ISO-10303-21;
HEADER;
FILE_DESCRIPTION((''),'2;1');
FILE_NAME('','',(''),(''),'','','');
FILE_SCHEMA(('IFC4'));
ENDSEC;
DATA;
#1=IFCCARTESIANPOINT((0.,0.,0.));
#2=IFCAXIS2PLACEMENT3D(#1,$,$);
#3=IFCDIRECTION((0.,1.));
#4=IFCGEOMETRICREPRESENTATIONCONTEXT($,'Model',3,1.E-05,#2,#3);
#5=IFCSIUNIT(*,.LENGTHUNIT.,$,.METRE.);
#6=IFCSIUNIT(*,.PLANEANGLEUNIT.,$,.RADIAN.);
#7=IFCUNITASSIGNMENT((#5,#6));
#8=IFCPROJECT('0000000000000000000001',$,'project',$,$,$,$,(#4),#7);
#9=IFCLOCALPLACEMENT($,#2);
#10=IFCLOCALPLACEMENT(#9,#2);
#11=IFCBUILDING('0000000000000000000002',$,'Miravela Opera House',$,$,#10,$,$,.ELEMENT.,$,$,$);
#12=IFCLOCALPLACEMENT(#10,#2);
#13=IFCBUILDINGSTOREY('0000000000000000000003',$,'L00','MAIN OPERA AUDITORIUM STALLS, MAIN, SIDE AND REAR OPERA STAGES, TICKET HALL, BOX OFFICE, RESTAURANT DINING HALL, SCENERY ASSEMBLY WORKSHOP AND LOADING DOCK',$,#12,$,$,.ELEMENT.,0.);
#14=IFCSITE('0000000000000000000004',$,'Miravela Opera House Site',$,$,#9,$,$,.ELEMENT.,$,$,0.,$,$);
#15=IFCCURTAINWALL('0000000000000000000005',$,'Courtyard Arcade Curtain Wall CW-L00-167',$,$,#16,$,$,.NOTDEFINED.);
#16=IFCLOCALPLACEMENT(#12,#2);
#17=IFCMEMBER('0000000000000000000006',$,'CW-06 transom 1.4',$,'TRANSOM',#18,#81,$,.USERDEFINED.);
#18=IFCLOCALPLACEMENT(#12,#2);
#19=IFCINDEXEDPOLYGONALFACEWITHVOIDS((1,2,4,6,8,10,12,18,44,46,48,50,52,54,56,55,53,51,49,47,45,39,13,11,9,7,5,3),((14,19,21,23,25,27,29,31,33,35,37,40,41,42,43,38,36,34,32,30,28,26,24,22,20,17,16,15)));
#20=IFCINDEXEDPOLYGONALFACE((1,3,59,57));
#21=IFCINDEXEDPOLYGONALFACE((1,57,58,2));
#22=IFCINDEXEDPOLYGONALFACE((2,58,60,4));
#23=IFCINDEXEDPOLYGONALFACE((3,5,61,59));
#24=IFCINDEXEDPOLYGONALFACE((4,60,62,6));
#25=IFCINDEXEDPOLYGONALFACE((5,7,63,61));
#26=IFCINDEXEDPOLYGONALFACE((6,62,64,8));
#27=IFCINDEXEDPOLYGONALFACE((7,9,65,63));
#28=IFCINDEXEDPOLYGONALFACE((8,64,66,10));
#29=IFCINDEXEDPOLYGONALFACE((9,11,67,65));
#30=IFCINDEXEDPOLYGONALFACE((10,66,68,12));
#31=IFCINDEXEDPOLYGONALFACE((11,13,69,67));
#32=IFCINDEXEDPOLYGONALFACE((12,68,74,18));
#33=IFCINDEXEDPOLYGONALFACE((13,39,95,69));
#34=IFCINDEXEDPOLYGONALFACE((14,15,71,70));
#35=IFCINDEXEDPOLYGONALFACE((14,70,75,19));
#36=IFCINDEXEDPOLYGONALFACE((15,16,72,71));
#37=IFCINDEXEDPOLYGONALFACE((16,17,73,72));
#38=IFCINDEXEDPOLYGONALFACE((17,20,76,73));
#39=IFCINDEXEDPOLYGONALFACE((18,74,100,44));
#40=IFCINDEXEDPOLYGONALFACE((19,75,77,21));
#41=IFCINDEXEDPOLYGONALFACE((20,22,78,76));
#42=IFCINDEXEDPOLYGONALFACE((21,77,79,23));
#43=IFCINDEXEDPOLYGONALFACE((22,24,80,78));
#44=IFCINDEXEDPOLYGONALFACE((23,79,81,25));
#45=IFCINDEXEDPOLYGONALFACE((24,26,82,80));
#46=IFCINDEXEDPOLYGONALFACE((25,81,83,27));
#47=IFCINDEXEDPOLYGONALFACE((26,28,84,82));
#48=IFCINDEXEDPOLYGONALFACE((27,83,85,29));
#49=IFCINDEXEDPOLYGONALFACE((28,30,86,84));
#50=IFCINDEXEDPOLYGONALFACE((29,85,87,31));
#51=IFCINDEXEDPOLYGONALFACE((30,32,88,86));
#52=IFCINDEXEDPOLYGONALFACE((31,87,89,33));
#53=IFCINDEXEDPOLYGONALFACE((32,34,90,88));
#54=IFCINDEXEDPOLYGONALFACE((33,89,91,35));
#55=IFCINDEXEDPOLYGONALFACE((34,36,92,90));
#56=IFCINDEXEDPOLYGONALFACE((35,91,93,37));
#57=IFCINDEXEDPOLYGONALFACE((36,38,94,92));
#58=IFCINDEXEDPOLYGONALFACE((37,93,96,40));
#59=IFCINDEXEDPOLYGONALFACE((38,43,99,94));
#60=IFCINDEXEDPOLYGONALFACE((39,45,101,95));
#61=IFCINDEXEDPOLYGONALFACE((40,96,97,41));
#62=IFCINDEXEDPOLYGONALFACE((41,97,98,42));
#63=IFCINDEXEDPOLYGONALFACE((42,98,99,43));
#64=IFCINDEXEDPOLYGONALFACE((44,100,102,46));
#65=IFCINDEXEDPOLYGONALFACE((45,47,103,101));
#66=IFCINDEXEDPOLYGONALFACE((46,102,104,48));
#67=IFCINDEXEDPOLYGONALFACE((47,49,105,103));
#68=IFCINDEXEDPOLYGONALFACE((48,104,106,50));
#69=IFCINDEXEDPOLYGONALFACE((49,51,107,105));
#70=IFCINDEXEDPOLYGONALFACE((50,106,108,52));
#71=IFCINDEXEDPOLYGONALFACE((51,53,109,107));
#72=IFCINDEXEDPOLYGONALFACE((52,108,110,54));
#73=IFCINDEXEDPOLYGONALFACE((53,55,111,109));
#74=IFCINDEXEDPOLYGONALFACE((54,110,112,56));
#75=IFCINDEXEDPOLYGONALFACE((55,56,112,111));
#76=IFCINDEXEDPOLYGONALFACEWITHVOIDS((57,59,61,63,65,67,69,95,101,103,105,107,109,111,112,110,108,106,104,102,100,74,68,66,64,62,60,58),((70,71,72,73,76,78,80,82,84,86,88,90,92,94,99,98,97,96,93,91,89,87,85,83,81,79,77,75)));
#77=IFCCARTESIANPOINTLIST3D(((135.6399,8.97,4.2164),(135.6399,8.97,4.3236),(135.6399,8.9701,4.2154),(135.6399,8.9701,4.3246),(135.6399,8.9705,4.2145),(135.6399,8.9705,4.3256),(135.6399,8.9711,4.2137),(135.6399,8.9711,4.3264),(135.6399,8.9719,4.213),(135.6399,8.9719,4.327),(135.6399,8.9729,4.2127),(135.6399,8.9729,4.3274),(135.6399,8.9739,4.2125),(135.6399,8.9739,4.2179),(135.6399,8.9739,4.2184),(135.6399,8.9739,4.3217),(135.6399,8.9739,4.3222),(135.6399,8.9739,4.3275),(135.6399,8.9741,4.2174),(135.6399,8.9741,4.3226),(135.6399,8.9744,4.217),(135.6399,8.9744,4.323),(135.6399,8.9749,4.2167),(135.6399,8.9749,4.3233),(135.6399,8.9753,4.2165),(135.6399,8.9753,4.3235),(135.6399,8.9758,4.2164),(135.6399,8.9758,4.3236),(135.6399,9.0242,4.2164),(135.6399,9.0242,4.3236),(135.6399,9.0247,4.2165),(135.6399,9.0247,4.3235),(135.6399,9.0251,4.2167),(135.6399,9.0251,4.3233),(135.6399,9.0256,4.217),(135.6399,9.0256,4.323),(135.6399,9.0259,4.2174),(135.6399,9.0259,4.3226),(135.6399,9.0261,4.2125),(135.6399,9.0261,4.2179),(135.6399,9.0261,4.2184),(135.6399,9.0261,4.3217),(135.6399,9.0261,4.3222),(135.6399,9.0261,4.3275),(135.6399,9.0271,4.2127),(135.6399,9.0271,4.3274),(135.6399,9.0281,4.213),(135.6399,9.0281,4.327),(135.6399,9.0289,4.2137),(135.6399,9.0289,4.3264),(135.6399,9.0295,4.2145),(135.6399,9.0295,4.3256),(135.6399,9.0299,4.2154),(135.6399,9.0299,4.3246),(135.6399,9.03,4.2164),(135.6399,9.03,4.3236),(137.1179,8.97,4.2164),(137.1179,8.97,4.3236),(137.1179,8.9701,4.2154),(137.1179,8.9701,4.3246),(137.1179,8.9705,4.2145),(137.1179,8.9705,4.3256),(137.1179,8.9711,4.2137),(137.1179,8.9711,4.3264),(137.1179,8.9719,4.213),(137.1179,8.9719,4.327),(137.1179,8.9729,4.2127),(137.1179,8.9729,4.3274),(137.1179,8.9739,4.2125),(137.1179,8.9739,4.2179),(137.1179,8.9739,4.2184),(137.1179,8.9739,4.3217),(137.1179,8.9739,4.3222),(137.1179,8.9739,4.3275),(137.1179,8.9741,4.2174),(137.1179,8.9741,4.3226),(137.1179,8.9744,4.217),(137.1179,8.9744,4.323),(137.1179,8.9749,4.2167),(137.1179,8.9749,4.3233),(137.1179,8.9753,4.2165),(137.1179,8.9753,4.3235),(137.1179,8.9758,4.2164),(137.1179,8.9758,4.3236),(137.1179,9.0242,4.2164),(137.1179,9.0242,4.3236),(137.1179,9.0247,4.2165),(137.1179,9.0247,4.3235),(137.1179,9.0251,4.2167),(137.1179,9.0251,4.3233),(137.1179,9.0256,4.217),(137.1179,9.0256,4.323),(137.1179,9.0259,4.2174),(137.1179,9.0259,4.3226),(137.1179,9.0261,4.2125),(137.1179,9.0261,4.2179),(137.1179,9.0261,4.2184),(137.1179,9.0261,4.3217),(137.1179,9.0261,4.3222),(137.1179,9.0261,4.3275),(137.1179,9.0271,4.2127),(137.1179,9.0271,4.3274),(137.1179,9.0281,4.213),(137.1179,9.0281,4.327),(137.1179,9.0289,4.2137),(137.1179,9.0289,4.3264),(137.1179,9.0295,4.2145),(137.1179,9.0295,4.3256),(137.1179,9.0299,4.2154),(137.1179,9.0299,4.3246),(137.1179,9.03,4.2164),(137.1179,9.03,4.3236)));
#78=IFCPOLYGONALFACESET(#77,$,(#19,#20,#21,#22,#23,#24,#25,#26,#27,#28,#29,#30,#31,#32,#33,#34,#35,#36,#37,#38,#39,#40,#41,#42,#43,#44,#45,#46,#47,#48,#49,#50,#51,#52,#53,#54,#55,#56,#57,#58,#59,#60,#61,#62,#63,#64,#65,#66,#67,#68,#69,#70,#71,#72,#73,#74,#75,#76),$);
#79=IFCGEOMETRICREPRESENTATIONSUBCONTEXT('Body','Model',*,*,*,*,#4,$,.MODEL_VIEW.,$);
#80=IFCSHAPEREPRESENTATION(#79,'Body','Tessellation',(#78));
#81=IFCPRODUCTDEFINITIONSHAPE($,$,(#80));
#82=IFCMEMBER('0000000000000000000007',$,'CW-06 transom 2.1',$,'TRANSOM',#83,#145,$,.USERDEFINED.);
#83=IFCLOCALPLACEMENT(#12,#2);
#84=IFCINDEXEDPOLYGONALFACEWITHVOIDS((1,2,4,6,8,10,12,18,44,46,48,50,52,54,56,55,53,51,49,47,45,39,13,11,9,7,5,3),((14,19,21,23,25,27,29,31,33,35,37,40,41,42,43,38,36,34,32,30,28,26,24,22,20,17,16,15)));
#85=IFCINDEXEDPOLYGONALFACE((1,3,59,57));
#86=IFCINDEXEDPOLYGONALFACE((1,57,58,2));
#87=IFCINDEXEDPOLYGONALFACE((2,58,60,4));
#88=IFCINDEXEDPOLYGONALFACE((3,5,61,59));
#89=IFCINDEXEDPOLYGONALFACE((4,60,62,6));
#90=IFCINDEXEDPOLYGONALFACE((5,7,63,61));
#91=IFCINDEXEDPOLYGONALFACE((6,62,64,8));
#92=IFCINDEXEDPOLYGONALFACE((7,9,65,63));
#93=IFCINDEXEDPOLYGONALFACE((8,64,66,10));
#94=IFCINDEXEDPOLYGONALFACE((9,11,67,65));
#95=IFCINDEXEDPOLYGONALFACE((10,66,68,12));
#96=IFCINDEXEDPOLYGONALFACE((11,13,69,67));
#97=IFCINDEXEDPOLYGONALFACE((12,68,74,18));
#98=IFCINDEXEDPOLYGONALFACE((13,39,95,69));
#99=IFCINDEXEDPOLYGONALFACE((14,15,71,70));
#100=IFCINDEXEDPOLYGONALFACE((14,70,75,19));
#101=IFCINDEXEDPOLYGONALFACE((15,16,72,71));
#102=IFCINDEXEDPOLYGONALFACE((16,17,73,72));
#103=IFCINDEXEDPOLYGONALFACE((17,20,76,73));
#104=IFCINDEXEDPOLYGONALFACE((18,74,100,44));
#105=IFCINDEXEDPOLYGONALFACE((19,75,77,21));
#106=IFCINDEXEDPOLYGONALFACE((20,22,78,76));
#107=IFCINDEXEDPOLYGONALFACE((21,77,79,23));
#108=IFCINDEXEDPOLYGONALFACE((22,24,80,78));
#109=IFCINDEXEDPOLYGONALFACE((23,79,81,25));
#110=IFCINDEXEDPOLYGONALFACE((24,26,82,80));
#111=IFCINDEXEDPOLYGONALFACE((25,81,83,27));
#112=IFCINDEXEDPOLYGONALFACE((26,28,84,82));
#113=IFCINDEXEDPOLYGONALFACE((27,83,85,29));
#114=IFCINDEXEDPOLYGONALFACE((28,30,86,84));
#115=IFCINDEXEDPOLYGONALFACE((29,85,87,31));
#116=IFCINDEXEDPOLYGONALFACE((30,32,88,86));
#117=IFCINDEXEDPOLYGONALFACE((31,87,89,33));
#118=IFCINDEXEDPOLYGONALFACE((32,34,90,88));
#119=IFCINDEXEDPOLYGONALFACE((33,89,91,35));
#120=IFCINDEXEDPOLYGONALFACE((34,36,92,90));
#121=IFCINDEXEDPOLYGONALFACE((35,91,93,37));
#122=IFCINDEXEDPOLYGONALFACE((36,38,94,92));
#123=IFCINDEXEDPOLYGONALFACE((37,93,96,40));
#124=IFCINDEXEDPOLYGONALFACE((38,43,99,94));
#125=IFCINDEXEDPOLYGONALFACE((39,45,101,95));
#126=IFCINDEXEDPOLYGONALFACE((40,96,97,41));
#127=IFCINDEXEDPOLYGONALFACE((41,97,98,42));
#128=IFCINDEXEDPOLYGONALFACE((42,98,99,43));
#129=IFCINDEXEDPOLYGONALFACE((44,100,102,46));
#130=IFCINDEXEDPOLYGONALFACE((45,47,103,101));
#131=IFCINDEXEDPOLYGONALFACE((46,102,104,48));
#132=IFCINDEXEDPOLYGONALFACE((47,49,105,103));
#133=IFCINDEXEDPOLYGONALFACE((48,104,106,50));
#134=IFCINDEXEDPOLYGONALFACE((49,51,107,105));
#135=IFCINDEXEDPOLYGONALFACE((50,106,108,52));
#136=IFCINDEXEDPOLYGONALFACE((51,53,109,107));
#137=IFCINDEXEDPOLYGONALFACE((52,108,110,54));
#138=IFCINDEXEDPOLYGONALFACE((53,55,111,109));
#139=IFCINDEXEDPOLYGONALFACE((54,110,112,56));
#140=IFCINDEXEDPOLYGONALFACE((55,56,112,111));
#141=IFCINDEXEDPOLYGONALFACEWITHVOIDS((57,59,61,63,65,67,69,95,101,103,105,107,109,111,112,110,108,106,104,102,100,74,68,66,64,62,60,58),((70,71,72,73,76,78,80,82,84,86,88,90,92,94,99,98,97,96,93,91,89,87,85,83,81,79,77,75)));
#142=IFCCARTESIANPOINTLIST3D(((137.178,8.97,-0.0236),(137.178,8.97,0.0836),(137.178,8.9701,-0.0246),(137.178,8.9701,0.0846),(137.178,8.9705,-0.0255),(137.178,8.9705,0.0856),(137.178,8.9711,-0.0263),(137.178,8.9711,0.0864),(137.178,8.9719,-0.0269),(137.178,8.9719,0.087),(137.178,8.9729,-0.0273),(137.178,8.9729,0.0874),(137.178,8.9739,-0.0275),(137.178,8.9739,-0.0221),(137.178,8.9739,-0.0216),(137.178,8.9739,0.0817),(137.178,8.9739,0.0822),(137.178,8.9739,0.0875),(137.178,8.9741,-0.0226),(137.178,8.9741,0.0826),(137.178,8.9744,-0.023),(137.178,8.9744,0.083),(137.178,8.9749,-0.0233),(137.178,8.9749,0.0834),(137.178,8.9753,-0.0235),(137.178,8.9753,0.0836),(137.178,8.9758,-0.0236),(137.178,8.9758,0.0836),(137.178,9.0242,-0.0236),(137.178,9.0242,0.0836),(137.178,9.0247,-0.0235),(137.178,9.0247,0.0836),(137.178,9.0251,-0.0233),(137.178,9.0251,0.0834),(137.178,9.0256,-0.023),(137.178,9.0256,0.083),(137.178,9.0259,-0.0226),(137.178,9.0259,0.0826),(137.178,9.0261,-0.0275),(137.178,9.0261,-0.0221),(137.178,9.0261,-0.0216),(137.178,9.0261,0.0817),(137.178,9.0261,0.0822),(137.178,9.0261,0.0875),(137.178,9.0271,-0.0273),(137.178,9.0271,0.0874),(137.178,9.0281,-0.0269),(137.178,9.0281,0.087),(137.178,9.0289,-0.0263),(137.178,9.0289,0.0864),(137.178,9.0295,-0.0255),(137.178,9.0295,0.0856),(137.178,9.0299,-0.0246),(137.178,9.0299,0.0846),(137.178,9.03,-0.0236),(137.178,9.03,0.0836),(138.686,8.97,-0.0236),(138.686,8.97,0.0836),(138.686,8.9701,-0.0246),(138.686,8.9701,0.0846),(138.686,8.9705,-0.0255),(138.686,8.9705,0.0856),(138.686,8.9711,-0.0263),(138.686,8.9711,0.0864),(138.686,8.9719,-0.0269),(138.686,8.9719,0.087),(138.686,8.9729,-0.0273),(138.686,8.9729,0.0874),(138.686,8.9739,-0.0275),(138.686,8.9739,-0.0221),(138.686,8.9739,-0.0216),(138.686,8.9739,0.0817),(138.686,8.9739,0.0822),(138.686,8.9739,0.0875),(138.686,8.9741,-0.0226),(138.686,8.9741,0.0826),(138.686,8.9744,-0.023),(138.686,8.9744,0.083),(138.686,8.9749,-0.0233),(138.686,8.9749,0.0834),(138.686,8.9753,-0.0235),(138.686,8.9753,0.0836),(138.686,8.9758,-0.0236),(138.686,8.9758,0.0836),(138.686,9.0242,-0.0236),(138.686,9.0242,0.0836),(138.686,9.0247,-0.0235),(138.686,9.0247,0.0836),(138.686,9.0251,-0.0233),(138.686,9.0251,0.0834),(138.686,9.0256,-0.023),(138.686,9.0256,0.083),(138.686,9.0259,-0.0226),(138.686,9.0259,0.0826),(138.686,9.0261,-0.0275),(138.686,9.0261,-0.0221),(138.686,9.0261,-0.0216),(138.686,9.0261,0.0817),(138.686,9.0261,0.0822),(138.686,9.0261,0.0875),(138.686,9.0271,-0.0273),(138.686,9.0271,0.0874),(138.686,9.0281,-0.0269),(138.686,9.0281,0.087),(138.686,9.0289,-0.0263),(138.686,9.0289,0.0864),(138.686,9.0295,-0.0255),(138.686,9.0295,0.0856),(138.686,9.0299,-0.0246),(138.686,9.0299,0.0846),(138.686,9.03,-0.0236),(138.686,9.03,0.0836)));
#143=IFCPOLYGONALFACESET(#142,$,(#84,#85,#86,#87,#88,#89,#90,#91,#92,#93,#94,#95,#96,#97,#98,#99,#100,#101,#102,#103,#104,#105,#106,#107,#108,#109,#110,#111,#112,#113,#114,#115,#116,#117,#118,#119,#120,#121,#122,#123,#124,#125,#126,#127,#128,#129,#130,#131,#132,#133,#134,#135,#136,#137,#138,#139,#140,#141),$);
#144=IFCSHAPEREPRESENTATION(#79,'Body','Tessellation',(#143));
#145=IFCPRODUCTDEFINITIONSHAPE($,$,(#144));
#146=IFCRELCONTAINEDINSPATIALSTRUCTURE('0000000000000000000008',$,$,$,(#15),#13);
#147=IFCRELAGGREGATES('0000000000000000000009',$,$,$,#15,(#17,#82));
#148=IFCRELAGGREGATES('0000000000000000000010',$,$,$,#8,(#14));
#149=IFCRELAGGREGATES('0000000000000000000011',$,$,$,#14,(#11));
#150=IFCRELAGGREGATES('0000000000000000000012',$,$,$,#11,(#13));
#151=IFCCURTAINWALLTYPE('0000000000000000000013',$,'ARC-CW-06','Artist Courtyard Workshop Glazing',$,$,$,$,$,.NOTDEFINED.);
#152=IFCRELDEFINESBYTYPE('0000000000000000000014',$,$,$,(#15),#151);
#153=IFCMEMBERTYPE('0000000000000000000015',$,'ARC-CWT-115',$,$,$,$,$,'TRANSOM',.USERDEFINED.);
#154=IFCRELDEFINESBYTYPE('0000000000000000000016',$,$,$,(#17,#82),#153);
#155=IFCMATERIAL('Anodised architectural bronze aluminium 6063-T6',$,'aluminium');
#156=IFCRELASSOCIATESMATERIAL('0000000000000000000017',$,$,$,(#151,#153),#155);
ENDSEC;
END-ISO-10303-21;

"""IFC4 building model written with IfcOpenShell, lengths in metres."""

from ifc_helpers import new_model, si_unit, direction, frame, origin, origin_2d, place, context, subcontext, project, spatial, hollow_rectangle, extrude, material, material_profile, profile_set, type_object, element, aggregate, save


model = new_model("IFC4")

# Units and contexts
model_context = context("Model", 3, precision=1e-05, world=origin(), true_north=direction((0.0, 1.0)))
body_context = subcontext(model_context, "Body", "Model", "MODEL_VIEW")
ifc_project = project(units=[si_unit("LENGTHUNIT", "METRE"), si_unit("PLANEANGLEUNIT", "RADIAN")], contexts=[model_context])

# Site, building, storey
site_placement = place(None, origin())
site = spatial("IfcSite", under=ifc_project, at=site_placement, Name="Miravela Opera House Site", CompositionType="ELEMENT", RefElevation=0.0)
building_placement = place(site_placement, origin())
building = spatial("IfcBuilding", under=site, at=building_placement, Name="Miravela Opera House", CompositionType="ELEMENT")
storey_placement = place(building_placement, origin())
storey = spatial("IfcBuildingStorey", under=building, at=storey_placement, Name="L00", Description="MAIN OPERA AUDITORIUM STALLS, MAIN, SIDE AND REAR OPERA STAGES, TICKET HALL, BOX OFFICE, RESTAURANT DINING HALL, SCENERY ASSEMBLY WORKSHOP AND LOADING DOCK", CompositionType="ELEMENT", Elevation=0.0)

# Shared definitions
ifc_material_1 = material(Name="Anodised architectural bronze aluminium 6063-T6", Category="aluminium")
curtain_wall_type = type_object("IfcCurtainWallType", Name="ARC-CW-06", Description="Artist Courtyard Workshop Glazing", PredefinedType="NOTDEFINED", material=ifc_material_1)

# Curtain wall, members
curtain_wall_1_placement = place(storey_placement, origin())
curtain_wall_1 = element("IfcCurtainWall", 1, at=curtain_wall_1_placement, inside=storey, type_object=curtain_wall_type, Name="Courtyard Arcade Curtain Wall CW-L00-167", PredefinedType="NOTDEFINED")
ifc_material_profile_1 = material_profile(ifc_material_1, hollow_rectangle(XDim=0.0601, YDim=0.115, WallThickness=0.0039, InnerFilletRadius=0.002, OuterFilletRadius=0.0039, at=origin_2d()), Name="CWT-60X115")
ifc_profile_set_1 = profile_set([ifc_material_profile_1])
member_type_1 = type_object("IfcMemberType", Name="ARC-CWT-115", ElementType="TRANSOM", PredefinedType="USERDEFINED", material=ifc_profile_set_1)
member_1_placement = place(storey_placement, frame((135.6399, 9.0, 4.27), z_axis=(1.0, 0.0, 0.0), x_axis=(0.0, 1.0, 0.0)))
member_1 = element("IfcMember", 2, at=member_1_placement, type_object=member_type_1, Name="CW-06 transom 1.4", ObjectType="TRANSOM", PredefinedType="USERDEFINED", context=body_context, shape_type="SweptSolid", body=[
    extrude(hollow_rectangle(XDim=0.0601, YDim=0.115, WallThickness=0.0039, InnerFilletRadius=0.002, OuterFilletRadius=0.0039, at=origin_2d()), origin(), (0.0, 0.0, 1.0), 1.478),
])
member_2_placement = place(storey_placement, frame((137.178, 9.0, 0.03), z_axis=(1.0, 0.0, 0.0), x_axis=(0.0, 1.0, 0.0)))
member_2 = element("IfcMember", 3, at=member_2_placement, type_object=member_type_1, Name="CW-06 transom 2.1", ObjectType="TRANSOM", PredefinedType="USERDEFINED", context=body_context, shape_type="SweptSolid", body=[
    extrude(hollow_rectangle(XDim=0.0601, YDim=0.115, WallThickness=0.0039, InnerFilletRadius=0.002, OuterFilletRadius=0.0039, at=origin_2d()), origin(), (0.0, 0.0, 1.0), 1.5081),
])

aggregate(curtain_wall_1, [member_1, member_2])

save(model, "model.ifc")
